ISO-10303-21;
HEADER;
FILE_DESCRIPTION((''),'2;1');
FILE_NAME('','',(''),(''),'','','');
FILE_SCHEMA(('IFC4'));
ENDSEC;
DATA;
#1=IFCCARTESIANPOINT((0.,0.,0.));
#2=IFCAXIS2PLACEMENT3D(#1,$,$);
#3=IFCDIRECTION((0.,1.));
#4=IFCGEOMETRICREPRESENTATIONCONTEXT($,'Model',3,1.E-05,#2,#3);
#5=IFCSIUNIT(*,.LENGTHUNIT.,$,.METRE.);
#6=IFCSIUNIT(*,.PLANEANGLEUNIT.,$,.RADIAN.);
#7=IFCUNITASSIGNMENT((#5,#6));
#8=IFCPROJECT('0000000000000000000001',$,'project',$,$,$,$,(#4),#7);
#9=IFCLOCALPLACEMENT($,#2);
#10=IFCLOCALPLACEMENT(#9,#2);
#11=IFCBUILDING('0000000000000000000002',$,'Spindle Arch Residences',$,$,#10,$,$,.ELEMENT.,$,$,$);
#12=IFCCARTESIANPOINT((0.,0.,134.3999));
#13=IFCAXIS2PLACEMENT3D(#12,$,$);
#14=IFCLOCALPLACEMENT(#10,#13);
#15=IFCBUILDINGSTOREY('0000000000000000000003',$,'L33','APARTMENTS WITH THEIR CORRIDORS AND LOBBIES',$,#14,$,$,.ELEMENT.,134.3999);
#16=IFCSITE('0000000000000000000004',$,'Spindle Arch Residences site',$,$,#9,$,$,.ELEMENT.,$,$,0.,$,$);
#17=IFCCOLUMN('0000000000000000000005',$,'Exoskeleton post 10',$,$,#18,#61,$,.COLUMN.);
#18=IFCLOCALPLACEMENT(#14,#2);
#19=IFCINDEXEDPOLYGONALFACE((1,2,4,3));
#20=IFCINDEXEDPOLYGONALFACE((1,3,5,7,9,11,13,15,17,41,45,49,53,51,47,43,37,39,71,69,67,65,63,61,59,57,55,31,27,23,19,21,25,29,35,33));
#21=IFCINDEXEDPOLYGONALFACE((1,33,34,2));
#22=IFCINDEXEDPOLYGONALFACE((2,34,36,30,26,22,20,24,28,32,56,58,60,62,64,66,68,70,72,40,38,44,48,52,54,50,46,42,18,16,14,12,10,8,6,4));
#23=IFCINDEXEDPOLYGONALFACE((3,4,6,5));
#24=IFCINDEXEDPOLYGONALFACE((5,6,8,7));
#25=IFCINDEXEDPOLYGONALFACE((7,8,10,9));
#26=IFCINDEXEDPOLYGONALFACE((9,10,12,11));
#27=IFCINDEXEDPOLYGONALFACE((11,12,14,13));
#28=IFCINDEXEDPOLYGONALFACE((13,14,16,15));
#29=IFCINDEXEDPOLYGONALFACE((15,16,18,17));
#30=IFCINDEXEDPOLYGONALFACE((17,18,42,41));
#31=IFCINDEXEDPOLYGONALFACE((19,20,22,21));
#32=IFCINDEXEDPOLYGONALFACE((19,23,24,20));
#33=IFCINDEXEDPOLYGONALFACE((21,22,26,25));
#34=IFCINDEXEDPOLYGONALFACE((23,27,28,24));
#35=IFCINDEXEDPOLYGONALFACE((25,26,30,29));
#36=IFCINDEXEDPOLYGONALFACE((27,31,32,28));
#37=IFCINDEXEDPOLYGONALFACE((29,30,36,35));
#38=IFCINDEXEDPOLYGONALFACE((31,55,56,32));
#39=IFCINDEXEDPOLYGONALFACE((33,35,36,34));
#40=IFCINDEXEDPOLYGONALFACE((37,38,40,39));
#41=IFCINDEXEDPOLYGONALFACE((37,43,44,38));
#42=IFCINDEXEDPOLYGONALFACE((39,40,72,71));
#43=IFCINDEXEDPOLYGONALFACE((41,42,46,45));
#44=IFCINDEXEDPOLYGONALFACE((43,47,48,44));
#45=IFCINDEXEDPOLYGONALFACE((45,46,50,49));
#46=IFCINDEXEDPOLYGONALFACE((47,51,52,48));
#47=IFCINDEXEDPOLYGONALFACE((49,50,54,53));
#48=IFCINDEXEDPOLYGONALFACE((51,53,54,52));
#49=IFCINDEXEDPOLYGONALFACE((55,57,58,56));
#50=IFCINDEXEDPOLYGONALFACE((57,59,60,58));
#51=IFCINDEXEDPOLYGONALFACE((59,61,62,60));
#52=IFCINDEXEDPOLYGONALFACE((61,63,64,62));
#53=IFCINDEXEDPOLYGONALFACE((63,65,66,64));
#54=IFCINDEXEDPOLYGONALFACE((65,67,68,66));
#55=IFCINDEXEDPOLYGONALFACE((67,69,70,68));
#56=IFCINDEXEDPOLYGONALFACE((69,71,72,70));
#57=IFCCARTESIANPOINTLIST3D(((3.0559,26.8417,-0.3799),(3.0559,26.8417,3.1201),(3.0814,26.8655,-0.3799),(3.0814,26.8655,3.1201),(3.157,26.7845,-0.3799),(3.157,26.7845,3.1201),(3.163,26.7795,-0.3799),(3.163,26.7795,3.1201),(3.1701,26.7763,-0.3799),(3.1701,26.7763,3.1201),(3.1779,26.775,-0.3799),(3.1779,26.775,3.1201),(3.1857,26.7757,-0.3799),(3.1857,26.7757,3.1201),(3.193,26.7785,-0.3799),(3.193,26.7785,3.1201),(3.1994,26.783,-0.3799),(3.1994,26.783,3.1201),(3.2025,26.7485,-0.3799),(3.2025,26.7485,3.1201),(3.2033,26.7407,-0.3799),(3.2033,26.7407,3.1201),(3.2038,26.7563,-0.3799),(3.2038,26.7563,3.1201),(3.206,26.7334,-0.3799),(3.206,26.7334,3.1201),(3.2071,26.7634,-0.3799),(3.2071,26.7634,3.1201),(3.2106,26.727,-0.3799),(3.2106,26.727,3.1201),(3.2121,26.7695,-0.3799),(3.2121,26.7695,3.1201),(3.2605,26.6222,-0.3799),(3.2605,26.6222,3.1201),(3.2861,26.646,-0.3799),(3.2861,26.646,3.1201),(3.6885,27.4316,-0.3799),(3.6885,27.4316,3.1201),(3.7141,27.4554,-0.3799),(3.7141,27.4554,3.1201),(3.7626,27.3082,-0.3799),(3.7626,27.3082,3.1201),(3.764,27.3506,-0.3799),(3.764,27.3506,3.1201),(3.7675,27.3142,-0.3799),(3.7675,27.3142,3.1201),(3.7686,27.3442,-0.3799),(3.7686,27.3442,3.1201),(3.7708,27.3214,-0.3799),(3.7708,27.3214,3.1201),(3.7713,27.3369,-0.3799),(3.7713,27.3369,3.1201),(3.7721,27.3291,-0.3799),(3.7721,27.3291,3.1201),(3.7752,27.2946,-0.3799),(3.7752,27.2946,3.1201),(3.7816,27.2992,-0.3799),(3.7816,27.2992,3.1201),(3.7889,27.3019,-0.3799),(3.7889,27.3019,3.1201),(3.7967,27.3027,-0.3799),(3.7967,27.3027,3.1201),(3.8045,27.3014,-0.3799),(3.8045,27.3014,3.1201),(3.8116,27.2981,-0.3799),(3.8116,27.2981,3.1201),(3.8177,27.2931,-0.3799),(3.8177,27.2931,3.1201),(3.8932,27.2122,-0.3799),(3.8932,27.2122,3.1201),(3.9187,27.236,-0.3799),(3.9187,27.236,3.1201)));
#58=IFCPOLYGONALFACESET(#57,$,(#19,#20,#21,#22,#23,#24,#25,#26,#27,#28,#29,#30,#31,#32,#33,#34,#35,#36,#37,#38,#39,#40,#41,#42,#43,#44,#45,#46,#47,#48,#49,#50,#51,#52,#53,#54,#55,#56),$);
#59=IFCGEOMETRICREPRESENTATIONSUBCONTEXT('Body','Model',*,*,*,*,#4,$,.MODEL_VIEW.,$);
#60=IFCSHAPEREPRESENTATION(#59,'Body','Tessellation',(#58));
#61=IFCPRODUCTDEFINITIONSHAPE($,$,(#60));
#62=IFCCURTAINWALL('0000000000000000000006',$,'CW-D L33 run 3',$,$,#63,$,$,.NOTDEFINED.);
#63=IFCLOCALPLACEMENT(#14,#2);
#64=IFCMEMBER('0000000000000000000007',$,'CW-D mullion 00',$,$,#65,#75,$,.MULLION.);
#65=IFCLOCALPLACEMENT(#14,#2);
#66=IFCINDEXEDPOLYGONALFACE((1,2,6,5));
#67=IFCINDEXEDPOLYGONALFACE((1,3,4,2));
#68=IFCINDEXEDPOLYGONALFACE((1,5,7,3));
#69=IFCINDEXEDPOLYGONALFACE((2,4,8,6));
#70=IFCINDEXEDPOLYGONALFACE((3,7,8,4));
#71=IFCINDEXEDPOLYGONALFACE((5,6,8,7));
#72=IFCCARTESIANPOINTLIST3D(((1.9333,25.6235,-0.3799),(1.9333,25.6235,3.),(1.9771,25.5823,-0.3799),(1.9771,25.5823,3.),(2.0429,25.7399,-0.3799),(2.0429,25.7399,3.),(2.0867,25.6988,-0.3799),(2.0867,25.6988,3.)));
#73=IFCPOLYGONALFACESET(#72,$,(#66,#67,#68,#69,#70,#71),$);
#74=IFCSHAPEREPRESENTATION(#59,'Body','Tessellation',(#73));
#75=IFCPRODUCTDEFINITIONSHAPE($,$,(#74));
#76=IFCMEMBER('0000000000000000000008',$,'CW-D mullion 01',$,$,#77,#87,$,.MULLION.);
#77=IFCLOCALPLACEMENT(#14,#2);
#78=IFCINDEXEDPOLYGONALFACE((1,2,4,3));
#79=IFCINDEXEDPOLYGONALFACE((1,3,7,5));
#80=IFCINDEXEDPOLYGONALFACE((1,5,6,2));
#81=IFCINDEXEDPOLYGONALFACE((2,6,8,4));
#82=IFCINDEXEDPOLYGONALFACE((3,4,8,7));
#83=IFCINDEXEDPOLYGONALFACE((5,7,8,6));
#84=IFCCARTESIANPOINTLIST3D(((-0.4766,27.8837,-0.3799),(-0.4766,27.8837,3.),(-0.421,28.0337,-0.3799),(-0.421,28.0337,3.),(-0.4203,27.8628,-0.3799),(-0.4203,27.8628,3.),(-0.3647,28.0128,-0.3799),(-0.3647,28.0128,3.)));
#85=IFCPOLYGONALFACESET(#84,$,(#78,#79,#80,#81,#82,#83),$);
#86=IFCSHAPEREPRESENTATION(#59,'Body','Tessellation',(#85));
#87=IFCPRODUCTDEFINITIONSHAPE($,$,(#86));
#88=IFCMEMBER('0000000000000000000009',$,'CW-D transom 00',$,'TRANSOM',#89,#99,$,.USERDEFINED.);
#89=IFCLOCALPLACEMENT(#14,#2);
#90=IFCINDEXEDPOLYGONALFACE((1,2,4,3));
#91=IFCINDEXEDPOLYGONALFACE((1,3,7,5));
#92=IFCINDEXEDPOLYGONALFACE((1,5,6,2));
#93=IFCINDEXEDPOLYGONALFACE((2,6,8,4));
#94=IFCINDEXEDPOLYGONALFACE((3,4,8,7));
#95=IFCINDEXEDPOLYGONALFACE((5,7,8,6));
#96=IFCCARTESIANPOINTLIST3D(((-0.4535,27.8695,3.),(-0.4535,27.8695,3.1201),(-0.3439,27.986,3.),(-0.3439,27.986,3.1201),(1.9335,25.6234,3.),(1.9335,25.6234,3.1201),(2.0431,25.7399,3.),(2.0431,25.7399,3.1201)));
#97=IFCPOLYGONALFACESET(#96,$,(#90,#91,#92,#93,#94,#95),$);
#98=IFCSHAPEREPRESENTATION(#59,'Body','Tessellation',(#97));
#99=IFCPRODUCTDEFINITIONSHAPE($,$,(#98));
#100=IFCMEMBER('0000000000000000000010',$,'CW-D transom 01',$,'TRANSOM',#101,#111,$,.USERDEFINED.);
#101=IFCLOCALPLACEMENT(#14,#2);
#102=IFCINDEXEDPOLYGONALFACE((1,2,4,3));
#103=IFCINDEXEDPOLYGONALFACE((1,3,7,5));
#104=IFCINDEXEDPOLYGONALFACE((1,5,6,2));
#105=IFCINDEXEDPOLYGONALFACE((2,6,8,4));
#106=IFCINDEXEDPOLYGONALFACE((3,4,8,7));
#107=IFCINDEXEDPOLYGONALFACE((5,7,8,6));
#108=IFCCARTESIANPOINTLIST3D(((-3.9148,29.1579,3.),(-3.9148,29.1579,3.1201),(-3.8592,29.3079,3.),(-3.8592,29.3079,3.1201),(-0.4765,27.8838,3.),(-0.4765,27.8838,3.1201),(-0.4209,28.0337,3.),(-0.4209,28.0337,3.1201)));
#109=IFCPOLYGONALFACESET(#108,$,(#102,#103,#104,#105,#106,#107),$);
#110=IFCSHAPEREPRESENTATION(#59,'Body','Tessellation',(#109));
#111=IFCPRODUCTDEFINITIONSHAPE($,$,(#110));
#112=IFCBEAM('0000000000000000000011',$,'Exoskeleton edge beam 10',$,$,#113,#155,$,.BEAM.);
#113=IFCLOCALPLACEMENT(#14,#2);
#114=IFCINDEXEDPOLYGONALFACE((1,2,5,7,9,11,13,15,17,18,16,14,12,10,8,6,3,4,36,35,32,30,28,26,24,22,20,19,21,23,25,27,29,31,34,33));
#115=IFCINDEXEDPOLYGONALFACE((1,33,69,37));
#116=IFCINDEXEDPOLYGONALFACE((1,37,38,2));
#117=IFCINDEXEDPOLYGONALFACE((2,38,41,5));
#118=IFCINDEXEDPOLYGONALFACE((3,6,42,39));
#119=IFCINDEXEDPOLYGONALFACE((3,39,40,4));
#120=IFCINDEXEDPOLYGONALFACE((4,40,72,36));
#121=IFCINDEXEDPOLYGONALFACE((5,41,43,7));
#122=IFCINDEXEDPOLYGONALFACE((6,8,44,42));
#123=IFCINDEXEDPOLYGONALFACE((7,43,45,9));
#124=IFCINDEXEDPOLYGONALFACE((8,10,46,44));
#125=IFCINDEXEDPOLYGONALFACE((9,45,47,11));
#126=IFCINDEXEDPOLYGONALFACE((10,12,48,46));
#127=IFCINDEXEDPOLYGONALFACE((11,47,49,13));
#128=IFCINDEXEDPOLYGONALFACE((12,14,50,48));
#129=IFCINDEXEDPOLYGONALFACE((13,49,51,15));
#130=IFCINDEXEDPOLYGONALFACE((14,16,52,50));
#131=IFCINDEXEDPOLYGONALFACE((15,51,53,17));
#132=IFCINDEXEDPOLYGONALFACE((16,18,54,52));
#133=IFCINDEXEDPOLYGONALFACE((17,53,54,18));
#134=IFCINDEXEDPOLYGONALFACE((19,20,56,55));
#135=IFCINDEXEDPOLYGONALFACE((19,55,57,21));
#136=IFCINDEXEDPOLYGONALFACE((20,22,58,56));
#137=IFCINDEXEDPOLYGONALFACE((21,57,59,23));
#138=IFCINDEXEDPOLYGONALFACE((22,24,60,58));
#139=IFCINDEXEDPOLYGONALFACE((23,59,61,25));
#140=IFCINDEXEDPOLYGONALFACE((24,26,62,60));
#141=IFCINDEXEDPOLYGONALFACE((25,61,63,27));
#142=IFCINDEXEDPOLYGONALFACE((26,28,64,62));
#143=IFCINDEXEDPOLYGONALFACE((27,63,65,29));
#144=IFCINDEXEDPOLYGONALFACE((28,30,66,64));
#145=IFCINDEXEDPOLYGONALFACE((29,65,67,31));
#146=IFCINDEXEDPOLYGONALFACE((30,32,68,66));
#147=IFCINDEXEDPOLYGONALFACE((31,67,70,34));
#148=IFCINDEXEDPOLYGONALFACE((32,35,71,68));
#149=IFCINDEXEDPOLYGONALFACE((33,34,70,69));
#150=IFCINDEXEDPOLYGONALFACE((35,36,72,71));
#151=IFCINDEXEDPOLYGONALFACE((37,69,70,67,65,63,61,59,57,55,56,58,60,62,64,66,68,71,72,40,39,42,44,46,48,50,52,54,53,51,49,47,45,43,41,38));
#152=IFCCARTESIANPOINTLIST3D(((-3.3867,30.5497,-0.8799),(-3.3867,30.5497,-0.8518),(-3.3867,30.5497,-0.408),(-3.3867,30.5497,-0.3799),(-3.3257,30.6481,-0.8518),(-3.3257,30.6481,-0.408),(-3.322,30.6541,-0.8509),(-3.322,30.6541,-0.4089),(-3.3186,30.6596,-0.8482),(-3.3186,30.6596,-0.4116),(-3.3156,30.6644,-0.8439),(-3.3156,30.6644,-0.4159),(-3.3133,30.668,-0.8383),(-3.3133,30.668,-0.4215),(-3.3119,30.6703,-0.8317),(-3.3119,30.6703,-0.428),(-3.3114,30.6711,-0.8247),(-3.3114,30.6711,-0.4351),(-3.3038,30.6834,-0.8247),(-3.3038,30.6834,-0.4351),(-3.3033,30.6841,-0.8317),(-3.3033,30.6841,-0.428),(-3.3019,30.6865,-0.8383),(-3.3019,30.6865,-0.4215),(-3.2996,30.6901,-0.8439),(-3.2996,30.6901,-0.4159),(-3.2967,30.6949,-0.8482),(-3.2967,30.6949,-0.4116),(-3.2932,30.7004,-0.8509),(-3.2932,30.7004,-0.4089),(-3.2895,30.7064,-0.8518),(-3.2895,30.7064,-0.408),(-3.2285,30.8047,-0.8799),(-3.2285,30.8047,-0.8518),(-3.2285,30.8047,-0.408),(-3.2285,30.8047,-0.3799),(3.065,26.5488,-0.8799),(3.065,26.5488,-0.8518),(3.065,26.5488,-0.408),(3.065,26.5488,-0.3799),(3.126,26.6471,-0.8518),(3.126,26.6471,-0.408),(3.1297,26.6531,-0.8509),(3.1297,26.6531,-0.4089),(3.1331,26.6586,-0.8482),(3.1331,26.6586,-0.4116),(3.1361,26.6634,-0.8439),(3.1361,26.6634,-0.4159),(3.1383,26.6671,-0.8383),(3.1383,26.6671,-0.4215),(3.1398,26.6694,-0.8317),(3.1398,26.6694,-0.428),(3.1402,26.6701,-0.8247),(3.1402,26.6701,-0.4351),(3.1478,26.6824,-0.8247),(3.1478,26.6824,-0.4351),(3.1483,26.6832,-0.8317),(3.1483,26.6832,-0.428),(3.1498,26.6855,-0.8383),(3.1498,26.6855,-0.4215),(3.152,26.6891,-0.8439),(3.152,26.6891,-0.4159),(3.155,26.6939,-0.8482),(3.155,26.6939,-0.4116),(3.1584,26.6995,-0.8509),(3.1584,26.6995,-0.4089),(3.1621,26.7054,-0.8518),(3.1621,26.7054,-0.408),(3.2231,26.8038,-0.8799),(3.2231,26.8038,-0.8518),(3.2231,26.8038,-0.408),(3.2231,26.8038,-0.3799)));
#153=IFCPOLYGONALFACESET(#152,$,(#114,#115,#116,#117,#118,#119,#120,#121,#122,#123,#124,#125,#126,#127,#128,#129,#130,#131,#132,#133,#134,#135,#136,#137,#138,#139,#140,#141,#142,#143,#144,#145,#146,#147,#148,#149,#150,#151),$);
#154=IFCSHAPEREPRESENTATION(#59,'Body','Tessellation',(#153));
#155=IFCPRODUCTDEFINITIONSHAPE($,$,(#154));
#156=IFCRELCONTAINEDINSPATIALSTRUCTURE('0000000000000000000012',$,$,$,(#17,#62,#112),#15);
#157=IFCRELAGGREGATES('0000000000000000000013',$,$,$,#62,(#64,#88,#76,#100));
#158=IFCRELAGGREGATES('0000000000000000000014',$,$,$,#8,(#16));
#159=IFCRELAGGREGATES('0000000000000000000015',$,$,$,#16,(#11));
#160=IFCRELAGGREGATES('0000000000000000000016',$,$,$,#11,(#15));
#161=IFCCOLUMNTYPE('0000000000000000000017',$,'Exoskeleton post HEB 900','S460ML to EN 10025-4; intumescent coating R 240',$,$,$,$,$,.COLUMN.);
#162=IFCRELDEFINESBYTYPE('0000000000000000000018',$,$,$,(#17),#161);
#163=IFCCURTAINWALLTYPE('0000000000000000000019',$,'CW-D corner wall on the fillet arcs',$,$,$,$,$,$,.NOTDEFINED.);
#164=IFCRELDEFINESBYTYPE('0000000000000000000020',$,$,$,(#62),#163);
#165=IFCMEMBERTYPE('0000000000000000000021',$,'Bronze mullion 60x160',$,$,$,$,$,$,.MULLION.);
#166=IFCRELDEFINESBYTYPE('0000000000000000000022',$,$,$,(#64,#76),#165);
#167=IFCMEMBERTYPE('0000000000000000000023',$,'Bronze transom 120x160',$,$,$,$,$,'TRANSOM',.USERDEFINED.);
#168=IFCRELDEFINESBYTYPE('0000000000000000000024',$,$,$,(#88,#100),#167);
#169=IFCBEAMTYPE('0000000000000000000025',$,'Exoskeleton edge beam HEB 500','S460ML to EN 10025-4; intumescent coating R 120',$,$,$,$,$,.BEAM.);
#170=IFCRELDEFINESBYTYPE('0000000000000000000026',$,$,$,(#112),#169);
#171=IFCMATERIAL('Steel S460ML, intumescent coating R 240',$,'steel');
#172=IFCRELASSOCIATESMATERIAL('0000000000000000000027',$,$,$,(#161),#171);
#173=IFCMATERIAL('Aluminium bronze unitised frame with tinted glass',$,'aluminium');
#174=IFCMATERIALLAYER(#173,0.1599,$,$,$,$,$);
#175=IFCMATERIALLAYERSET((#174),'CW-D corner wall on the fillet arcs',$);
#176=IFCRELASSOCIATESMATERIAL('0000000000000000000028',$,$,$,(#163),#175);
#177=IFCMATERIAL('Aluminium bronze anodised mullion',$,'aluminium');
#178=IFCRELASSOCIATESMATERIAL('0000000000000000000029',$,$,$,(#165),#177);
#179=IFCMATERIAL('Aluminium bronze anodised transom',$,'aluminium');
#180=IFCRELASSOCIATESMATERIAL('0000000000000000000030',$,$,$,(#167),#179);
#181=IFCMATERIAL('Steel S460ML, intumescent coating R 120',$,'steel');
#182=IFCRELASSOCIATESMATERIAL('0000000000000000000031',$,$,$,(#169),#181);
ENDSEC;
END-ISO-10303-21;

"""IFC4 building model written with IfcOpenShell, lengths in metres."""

from ifc_helpers import new_model, si_unit, direction, frame, origin, origin_2d, place, context, subcontext, project, spatial, rectangle, i_section, extrude, material, layer, layer_set, material_profile, profile_set, type_object, element, aggregate, save


model = new_model("IFC4")

# Units and contexts
model_context = context("Model", 3, precision=1e-05, world=origin(), true_north=direction((0.0, 1.0)))
body_context = subcontext(model_context, "Body", "Model", "MODEL_VIEW")
ifc_project = project(units=[si_unit("LENGTHUNIT", "METRE"), si_unit("PLANEANGLEUNIT", "RADIAN")], contexts=[model_context])

# Site, building, storey
site_placement = place(None, origin())
site = spatial("IfcSite", under=ifc_project, at=site_placement, Name="Spindle Arch Residences site", CompositionType="ELEMENT", RefElevation=0.0)
building_placement = place(site_placement, origin())
building = spatial("IfcBuilding", under=site, at=building_placement, Name="Spindle Arch Residences", CompositionType="ELEMENT")
storey_placement = place(building_placement, frame((0.0, 0.0, 134.3999)))
storey = spatial("IfcBuildingStorey", under=building, at=storey_placement, Name="L33", Description="APARTMENTS WITH THEIR CORRIDORS AND LOBBIES", CompositionType="ELEMENT", Elevation=134.3999)

# Column
ifc_material_1 = material(Name="Steel S460ML, intumescent coating R 240", Category="steel")
ifc_material_profile_1 = material_profile(ifc_material_1, i_section(OverallWidth=0.3, OverallDepth=0.8999, WebThickness=0.0186, FlangeThickness=0.0349, FilletRadius=0.03, at=origin_2d()), Name="HEB 900")
ifc_profile_set_1 = profile_set([ifc_material_profile_1], Name="Steel S460ML, intumescent coating R 240")
column_type = type_object("IfcColumnType", Name="Exoskeleton post HEB 900", Description="S460ML to EN 10025-4; intumescent coating R 240", PredefinedType="COLUMN", material=ifc_profile_set_1)
column_placement = place(storey_placement, frame((3.4873, 27.0388, -0.3799), z_axis=(0.0, 0.0, 1.0), x_axis=(0.681998, -0.731354, 0.0)))
element("IfcColumn", 1, at=column_placement, inside=storey, type_object=column_type, Name="Exoskeleton post 10", PredefinedType="COLUMN", context=body_context, shape_type="SweptSolid", body=[
    extrude(i_section(OverallWidth=0.3, OverallDepth=0.8999, WebThickness=0.0186, FlangeThickness=0.0349, FilletRadius=0.03, at=origin_2d()), origin(), (0.0, 0.0, 1.0), 3.5),
])

# Curtain wall, members
ifc_material_2 = material(Name="Aluminium bronze unitised frame with tinted glass", Category="aluminium")
ifc_layer_1 = layer(ifc_material_2, 0.1599)
ifc_layer_set_1 = layer_set([ifc_layer_1], Name="CW-D corner wall on the fillet arcs")
curtain_wall_type_1 = type_object("IfcCurtainWallType", Name="CW-D corner wall on the fillet arcs", PredefinedType="NOTDEFINED", material=ifc_layer_set_1)
curtain_wall_1_placement = place(storey_placement, origin())
curtain_wall_1 = element("IfcCurtainWall", 2, at=curtain_wall_1_placement, inside=storey, type_object=curtain_wall_type_1, Name="CW-D L33 run 3", PredefinedType="NOTDEFINED")
ifc_material_3 = material(Name="Aluminium bronze anodised mullion", Category="aluminium")
ifc_material_profile_2 = material_profile(ifc_material_3, rectangle(XDim=0.1599, YDim=0.0601, at=origin_2d()), Name="MU 60x160")
ifc_profile_set_2 = profile_set([ifc_material_profile_2], Name="Aluminium bronze anodised mullion")
member_type_1 = type_object("IfcMemberType", Name="Bronze mullion 60x160", PredefinedType="MULLION", material=ifc_profile_set_2)
member_1_placement = place(storey_placement, frame((2.01, 25.6611, -0.3799), z_axis=(0.0, 0.0, 1.0), x_axis=(-0.68529, -0.72827, 0.0)))
member_1 = element("IfcMember", 3, at=member_1_placement, type_object=member_type_1, Name="CW-D mullion 00", PredefinedType="MULLION", context=body_context, shape_type="SweptSolid", body=[
    extrude(rectangle(XDim=0.1599, YDim=0.0601, at=origin_2d()), origin(), (0.0, 0.0, 1.0), 3.3799),
])
member_2_placement = place(storey_placement, frame((-0.4207, 27.9482, -0.3799), z_axis=(0.0, 0.0, 1.0), x_axis=(-0.347481, -0.937687, 0.0)))
member_2 = element("IfcMember", 4, at=member_2_placement, type_object=member_type_1, Name="CW-D mullion 01", PredefinedType="MULLION", context=body_context, shape_type="SweptSolid", body=[
    extrude(rectangle(XDim=0.1599, YDim=0.0601, at=origin_2d()), origin(), (0.0, 0.0, 1.0), 3.3799),
])
ifc_material_4 = material(Name="Aluminium bronze anodised transom", Category="aluminium")
ifc_material_profile_3 = material_profile(ifc_material_4, rectangle(XDim=0.1599, YDim=0.1201, at=origin_2d()), Name="TR 120x160")
ifc_profile_set_3 = profile_set([ifc_material_profile_3], Name="Aluminium bronze anodised transom")
member_type_2 = type_object("IfcMemberType", Name="Bronze transom 120x160", ElementType="TRANSOM", PredefinedType="USERDEFINED", material=ifc_profile_set_3)
member_3_placement = place(storey_placement, frame((1.9883, 25.6816, 3.0601), z_axis=(-0.72827, 0.68529, 0.0), x_axis=(-0.68529, -0.72827, 0.0)))
member_3 = element("IfcMember", 5, at=member_3_placement, type_object=member_type_2, Name="CW-D transom 00", ObjectType="TRANSOM", PredefinedType="USERDEFINED", context=body_context, shape_type="SweptSolid", body=[
    extrude(rectangle(XDim=0.1599, YDim=0.1201, at=origin_2d()), origin(), (0.0, 0.0, 1.0), 3.2776),
])
member_4_placement = place(storey_placement, frame((-0.4487, 27.9587, 3.0601), z_axis=(-0.937682, 0.347494, 0.0), x_axis=(-0.347494, -0.937682, 0.0)))
member_4 = element("IfcMember", 6, at=member_4_placement, type_object=member_type_2, Name="CW-D transom 01", ObjectType="TRANSOM", PredefinedType="USERDEFINED", context=body_context, shape_type="SweptSolid", body=[
    extrude(rectangle(XDim=0.1599, YDim=0.1201, at=origin_2d()), origin(), (0.0, 0.0, 1.0), 3.6667),
])

# Beam
ifc_material_5 = material(Name="Steel S460ML, intumescent coating R 120", Category="steel")
ifc_material_profile_4 = material_profile(ifc_material_5, i_section(OverallWidth=0.3, OverallDepth=0.5, WebThickness=0.0144, FlangeThickness=0.0281, FilletRadius=0.0271, at=origin_2d()), Name="HEB 500")
ifc_profile_set_4 = profile_set([ifc_material_profile_4], Name="Steel S460ML, intumescent coating R 120")
beam_type_1 = type_object("IfcBeamType", Name="Exoskeleton edge beam HEB 500", Description="S460ML to EN 10025-4; intumescent coating R 120", PredefinedType="BEAM", material=ifc_profile_set_4)
beam_1_placement = place(storey_placement, frame((3.144, 26.6763, -0.6299), z_axis=(-0.849847, 0.52703, 0.0), x_axis=(-0.52703, -0.849847, 0.0)))
element("IfcBeam", 7, at=beam_1_placement, inside=storey, type_object=beam_type_1, Name="Exoskeleton edge beam 10", PredefinedType="BEAM", context=body_context, shape_type="SweptSolid", body=[
    extrude(i_section(OverallWidth=0.3, OverallDepth=0.5, WebThickness=0.0144, FlangeThickness=0.0281, FilletRadius=0.0271, at=origin_2d()), origin(), (0.0, 0.0, 1.0), 7.5916),
])

aggregate(curtain_wall_1, [member_1, member_3, member_2, member_4])

save(model, "model.ifc")
